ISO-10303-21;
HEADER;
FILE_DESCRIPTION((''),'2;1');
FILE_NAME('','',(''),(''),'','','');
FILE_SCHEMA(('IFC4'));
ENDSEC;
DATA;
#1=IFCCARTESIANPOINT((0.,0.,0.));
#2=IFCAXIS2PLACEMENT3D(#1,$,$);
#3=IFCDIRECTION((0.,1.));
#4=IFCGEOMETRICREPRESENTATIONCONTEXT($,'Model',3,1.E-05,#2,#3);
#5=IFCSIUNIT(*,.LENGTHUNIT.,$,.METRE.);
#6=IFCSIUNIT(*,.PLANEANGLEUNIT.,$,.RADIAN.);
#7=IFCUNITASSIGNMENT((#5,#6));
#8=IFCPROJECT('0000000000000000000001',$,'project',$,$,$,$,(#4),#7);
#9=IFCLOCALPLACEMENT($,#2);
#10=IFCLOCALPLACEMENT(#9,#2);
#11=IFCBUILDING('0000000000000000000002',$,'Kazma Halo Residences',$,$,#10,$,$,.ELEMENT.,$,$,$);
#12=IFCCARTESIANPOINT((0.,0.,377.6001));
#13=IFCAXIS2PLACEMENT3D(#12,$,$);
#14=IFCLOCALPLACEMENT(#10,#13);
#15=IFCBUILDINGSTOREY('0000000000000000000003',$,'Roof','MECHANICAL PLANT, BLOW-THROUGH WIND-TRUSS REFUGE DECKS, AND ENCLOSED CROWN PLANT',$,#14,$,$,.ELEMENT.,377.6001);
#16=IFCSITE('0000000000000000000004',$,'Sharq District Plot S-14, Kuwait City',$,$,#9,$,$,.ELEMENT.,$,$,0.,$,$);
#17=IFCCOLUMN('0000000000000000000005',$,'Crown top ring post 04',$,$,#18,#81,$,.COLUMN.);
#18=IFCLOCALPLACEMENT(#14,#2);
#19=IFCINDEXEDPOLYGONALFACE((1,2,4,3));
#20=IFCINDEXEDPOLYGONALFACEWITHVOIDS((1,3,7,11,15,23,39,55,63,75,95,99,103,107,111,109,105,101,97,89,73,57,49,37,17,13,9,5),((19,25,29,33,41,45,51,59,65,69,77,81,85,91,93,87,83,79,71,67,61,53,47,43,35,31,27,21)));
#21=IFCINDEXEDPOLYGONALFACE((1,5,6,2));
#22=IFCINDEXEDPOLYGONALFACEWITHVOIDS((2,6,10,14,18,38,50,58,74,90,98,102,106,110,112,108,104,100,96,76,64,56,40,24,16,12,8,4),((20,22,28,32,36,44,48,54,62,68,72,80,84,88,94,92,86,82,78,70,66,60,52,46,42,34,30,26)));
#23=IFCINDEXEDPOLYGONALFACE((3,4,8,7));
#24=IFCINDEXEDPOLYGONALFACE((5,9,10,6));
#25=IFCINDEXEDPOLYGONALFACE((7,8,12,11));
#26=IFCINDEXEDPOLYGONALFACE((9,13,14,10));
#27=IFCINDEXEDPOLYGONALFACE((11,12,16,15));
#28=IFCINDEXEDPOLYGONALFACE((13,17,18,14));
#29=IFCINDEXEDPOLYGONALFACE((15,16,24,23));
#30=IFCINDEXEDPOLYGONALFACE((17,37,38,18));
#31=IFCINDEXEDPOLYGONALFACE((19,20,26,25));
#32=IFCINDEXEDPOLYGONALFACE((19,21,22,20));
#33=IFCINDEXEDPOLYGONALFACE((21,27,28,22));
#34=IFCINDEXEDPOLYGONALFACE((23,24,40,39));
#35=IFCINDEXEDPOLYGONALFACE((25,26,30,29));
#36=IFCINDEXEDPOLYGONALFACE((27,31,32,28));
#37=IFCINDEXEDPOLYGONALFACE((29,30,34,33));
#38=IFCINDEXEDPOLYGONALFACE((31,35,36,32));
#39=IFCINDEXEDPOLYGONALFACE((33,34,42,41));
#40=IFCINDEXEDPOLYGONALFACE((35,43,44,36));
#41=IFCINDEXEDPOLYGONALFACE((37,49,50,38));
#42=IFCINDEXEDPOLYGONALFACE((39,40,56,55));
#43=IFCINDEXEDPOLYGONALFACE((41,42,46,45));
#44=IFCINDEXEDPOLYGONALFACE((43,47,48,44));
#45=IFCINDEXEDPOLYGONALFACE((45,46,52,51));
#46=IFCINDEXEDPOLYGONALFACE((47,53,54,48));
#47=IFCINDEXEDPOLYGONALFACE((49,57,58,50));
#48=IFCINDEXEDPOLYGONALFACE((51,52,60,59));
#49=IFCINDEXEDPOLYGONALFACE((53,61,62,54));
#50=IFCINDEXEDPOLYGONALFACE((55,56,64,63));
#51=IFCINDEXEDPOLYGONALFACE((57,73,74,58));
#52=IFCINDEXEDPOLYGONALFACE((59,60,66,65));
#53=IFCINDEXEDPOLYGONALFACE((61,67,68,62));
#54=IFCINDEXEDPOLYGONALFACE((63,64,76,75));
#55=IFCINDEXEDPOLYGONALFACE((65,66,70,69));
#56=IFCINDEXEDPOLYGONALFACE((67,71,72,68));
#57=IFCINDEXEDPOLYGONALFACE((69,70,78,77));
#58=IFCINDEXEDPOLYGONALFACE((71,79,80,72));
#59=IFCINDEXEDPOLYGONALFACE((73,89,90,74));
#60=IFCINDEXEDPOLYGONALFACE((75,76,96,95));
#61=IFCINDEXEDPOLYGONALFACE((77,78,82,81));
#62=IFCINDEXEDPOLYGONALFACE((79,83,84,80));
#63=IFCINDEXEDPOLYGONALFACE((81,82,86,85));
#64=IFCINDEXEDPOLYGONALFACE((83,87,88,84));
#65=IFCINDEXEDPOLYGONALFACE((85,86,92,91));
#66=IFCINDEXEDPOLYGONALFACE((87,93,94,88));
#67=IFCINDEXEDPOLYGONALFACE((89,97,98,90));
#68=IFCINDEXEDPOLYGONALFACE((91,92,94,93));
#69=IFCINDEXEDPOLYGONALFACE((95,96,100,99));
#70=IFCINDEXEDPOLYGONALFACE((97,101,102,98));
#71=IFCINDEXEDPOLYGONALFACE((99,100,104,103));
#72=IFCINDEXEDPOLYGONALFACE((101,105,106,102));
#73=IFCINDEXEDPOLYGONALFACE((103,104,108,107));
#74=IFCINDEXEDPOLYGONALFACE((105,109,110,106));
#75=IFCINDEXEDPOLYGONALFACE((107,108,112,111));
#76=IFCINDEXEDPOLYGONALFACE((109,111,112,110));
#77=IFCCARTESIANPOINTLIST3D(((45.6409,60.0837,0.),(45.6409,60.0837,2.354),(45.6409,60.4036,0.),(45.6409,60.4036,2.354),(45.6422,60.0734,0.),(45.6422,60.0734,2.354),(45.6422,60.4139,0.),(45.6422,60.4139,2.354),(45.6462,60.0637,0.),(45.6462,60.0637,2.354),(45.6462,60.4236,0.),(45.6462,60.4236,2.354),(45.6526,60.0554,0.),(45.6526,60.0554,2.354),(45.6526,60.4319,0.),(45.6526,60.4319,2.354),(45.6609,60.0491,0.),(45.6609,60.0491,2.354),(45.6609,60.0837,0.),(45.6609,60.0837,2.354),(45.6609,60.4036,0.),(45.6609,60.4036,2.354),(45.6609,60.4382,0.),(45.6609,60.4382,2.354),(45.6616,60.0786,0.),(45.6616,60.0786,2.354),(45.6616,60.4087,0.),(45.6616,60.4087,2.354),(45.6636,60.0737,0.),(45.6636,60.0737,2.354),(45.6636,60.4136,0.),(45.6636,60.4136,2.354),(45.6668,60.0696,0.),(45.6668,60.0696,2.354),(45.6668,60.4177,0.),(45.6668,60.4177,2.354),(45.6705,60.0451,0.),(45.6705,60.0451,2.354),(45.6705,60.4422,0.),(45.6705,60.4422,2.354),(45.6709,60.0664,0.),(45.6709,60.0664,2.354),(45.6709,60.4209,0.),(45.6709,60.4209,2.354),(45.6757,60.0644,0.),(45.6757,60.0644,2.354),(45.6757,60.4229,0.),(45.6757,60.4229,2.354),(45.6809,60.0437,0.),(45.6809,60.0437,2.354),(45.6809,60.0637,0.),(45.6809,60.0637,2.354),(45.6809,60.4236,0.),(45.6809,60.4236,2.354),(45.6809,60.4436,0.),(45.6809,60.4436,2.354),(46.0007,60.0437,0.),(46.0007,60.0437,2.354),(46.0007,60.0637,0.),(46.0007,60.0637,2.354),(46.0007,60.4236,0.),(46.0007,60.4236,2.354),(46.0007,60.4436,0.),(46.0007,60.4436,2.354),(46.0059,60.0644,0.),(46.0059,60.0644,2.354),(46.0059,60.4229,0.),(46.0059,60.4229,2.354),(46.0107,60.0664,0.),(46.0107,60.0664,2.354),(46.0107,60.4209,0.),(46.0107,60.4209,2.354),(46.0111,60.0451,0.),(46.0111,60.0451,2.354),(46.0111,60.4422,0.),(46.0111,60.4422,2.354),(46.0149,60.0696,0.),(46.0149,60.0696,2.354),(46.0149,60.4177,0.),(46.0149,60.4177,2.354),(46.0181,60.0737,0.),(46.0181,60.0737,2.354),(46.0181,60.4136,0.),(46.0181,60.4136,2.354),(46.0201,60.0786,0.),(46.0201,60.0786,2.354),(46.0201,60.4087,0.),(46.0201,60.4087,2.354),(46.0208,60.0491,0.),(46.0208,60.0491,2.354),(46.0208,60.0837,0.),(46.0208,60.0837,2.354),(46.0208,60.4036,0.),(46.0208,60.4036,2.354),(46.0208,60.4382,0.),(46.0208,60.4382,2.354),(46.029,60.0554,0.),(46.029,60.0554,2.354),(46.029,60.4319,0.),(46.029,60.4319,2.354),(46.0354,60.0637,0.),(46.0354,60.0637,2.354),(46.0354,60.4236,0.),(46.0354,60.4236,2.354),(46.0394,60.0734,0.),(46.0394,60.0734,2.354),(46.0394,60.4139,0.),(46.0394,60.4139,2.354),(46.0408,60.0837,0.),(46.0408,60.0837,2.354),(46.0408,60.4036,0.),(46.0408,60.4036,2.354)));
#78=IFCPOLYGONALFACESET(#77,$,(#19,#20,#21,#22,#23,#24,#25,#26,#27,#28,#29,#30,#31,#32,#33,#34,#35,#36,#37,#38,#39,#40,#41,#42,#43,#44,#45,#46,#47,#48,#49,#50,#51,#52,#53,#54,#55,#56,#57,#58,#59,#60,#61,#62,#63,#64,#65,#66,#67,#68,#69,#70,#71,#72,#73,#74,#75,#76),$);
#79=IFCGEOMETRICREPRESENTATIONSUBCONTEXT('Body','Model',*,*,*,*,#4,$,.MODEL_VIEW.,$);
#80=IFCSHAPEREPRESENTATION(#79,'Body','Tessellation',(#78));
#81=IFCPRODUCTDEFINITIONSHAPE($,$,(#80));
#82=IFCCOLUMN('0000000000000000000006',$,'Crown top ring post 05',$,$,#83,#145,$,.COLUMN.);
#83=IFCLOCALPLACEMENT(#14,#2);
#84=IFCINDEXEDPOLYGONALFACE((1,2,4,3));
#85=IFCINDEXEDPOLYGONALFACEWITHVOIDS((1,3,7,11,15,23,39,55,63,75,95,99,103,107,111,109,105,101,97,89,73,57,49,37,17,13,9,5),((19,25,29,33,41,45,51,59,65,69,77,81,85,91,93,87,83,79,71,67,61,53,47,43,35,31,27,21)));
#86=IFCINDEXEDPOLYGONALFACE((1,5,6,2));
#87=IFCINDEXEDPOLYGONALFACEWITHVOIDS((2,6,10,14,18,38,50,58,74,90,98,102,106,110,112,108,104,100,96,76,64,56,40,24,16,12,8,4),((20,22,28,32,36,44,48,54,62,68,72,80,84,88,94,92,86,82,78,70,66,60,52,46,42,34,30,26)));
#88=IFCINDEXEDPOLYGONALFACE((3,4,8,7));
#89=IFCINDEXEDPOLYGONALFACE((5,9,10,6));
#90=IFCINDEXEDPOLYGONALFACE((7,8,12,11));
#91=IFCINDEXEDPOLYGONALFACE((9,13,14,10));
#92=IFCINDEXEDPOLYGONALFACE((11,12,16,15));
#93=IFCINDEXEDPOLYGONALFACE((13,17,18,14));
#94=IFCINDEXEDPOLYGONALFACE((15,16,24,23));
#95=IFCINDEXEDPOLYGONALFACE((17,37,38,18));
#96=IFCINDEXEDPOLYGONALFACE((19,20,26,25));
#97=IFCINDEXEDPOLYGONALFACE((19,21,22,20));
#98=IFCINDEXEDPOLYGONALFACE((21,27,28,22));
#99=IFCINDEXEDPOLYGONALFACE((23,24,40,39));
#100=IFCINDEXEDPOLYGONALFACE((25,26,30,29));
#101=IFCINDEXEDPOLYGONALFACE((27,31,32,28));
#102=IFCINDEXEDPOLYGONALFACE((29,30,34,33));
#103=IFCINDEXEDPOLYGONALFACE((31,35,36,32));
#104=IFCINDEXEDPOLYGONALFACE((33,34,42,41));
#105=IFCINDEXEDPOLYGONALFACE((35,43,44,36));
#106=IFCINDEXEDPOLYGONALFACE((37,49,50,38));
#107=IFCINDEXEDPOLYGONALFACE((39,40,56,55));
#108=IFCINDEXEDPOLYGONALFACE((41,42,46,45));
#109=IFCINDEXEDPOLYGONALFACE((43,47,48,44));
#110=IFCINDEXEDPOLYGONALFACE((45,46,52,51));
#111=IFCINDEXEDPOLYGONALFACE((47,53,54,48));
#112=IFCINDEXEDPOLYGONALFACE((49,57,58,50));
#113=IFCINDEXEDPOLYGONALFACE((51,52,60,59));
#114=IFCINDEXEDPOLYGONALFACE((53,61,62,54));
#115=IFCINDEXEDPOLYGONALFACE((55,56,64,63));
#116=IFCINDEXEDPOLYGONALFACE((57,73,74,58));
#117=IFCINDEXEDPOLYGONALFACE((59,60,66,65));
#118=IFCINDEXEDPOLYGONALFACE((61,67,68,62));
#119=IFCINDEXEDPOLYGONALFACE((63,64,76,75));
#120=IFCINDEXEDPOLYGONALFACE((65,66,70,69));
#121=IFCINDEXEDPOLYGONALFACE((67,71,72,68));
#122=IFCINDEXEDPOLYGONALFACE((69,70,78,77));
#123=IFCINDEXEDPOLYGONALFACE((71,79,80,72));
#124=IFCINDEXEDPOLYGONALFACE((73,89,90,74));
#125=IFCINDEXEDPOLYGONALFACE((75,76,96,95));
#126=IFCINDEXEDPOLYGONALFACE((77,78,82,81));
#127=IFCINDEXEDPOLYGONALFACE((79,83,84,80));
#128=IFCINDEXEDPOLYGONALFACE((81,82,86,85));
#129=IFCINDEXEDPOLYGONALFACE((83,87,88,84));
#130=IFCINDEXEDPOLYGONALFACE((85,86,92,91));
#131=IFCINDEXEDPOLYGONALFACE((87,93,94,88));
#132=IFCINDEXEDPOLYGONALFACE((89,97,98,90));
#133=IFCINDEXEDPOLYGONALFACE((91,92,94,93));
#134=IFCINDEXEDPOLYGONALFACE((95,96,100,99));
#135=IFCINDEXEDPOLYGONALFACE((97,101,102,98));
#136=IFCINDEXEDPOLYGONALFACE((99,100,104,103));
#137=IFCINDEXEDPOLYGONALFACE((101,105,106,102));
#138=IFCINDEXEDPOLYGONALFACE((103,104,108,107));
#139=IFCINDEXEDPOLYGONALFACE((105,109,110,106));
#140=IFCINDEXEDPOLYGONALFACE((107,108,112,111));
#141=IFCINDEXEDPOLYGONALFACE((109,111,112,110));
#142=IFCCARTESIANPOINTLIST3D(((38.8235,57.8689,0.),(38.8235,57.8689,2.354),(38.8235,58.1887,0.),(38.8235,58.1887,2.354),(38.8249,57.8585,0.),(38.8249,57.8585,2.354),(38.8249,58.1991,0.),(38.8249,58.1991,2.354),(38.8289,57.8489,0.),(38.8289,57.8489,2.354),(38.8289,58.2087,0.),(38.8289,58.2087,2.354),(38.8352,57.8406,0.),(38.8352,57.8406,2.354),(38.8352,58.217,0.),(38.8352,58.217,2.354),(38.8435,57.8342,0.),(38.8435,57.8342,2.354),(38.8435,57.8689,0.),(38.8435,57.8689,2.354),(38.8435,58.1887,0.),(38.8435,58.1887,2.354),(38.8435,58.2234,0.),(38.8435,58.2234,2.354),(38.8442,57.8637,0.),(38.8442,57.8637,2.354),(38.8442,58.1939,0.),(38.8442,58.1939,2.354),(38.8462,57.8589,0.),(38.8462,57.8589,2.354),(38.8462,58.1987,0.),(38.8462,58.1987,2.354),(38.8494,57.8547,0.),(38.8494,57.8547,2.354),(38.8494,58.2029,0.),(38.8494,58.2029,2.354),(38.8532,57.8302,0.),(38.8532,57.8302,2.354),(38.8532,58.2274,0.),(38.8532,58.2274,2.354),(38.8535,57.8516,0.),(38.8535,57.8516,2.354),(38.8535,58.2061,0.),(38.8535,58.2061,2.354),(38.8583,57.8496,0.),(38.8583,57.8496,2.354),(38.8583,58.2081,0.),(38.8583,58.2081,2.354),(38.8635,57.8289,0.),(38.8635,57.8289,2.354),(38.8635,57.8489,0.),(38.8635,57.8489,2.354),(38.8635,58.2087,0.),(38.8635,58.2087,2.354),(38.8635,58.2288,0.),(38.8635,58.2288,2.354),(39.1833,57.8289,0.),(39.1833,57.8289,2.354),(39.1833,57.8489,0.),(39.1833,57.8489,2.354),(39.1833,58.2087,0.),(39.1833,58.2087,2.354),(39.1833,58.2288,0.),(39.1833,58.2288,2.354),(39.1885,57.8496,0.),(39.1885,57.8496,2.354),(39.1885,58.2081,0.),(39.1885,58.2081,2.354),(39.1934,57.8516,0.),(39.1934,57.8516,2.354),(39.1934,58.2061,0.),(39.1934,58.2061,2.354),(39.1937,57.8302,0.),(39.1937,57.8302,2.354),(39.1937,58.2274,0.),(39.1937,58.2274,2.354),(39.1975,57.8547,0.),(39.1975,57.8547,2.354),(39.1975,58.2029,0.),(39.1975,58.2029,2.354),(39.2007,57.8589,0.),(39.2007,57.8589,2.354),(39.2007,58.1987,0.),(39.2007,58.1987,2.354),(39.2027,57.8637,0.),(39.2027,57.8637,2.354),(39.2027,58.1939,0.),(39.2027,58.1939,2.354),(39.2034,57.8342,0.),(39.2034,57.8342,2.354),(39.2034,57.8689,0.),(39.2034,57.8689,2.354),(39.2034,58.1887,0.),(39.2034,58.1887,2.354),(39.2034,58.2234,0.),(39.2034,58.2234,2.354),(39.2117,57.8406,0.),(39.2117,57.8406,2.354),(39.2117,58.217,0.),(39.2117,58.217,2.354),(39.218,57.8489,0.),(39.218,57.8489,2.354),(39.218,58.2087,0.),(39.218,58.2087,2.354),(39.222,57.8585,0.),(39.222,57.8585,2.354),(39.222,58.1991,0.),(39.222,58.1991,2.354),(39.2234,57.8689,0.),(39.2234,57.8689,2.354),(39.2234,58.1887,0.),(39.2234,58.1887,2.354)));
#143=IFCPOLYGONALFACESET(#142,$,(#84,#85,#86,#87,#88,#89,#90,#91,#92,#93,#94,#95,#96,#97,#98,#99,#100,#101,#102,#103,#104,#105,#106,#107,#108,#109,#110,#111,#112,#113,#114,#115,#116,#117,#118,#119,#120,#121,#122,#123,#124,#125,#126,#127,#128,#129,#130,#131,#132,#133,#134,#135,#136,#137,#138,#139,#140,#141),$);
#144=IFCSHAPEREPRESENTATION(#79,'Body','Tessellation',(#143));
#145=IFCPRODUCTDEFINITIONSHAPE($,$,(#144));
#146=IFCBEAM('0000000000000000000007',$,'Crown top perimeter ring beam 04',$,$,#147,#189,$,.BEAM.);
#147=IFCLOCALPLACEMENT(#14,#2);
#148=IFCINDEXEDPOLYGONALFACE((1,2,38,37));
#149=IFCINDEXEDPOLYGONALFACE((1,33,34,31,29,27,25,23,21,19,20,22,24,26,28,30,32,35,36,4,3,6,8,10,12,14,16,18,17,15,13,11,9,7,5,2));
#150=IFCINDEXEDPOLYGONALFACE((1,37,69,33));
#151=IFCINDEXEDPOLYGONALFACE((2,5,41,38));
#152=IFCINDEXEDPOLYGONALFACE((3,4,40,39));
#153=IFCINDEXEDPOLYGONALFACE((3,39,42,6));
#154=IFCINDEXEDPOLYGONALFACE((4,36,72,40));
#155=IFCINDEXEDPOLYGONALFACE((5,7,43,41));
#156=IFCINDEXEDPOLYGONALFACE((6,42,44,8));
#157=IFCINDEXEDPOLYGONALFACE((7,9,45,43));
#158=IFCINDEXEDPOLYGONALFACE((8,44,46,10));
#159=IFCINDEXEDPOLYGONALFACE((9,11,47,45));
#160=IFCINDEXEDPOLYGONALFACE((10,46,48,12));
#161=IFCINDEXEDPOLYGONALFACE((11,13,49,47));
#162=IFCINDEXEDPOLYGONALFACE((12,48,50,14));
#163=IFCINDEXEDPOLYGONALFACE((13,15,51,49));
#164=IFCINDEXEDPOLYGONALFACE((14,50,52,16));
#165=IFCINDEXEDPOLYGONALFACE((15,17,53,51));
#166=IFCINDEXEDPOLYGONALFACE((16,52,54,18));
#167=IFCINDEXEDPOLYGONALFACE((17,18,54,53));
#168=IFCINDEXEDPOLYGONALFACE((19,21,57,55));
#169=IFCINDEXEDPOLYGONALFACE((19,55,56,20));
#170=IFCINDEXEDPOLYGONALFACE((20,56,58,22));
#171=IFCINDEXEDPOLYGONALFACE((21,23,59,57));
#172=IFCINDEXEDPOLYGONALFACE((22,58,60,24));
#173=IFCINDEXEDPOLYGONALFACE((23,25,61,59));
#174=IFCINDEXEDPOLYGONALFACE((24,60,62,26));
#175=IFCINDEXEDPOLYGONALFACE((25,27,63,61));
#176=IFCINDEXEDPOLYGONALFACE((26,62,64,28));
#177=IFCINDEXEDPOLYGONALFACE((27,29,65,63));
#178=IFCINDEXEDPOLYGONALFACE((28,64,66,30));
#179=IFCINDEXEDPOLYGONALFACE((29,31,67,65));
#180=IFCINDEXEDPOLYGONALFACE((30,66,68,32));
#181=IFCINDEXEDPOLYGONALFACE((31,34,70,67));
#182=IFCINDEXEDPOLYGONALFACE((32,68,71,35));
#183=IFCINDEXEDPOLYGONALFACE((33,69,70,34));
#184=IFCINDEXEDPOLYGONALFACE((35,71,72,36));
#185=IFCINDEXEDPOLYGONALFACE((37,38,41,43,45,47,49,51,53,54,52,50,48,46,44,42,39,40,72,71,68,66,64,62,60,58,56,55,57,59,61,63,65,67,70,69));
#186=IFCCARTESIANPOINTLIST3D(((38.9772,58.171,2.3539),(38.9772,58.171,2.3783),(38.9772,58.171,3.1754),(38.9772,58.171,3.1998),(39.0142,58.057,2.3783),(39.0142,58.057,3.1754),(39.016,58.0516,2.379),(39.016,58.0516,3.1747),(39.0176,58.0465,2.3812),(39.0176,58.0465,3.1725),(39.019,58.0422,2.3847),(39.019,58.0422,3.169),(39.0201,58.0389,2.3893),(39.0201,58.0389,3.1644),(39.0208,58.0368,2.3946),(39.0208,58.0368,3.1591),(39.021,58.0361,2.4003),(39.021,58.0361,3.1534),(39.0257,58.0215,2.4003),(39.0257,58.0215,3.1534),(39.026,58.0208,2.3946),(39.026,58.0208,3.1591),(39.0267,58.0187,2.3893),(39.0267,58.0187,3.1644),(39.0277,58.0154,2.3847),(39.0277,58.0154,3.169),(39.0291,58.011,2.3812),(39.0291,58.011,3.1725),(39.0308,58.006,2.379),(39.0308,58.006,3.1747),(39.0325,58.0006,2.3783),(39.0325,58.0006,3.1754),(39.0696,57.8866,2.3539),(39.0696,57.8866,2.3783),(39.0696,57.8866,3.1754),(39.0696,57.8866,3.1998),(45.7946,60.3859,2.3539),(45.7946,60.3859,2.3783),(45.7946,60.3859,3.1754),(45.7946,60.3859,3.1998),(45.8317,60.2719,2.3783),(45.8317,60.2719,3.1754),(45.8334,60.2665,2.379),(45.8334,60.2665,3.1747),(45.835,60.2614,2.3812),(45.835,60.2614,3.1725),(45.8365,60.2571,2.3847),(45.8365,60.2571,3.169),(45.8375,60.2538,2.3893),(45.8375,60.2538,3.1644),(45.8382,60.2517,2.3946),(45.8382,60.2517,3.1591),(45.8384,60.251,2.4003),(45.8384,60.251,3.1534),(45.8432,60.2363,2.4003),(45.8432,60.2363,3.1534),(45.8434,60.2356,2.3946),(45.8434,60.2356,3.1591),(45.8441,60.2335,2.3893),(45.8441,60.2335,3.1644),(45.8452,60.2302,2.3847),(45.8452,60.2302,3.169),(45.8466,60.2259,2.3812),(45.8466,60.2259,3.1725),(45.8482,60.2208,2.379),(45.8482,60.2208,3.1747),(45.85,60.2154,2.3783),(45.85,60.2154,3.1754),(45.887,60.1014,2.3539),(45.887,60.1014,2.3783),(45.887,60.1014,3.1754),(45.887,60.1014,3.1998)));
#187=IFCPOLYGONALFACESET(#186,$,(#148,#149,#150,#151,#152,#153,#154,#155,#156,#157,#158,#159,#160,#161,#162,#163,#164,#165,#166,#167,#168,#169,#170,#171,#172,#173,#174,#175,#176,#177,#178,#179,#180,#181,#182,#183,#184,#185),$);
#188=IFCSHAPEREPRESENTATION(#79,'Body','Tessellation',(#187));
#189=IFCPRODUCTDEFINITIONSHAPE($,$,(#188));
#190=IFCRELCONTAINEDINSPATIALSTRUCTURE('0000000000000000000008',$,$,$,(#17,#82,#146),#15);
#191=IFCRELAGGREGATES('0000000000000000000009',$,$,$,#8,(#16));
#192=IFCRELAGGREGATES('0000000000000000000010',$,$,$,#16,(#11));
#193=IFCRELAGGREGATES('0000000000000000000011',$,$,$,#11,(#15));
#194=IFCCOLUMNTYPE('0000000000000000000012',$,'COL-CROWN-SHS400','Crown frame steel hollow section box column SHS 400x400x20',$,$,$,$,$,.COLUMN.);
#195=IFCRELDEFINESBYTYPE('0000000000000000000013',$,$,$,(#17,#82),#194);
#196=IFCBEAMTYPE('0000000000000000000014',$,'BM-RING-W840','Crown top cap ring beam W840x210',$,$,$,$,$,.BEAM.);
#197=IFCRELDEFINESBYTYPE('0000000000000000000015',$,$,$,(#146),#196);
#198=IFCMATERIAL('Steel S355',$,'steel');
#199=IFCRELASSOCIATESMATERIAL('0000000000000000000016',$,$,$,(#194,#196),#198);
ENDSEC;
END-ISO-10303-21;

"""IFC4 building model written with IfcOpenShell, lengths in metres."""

from ifc_helpers import new_model, si_unit, direction, frame, origin, origin_2d, place, context, subcontext, project, spatial, hollow_rectangle, i_section, extrude, material, material_profile, profile_set, type_object, element, save


model = new_model("IFC4")

# Units and contexts
model_context = context("Model", 3, precision=1e-05, world=origin(), true_north=direction((0.0, 1.0)))
body_context = subcontext(model_context, "Body", "Model", "MODEL_VIEW")
ifc_project = project(units=[si_unit("LENGTHUNIT", "METRE"), si_unit("PLANEANGLEUNIT", "RADIAN")], contexts=[model_context])

# Site, building, storey
site_placement = place(None, origin())
site = spatial("IfcSite", under=ifc_project, at=site_placement, Name="Sharq District Plot S-14, Kuwait City", CompositionType="ELEMENT", RefElevation=0.0)
building_placement = place(site_placement, origin())
building = spatial("IfcBuilding", under=site, at=building_placement, Name="Kazma Halo Residences", CompositionType="ELEMENT")
storey_placement = place(building_placement, frame((0.0, 0.0, 377.6001)))
storey = spatial("IfcBuildingStorey", under=building, at=storey_placement, Name="Roof", Description="MECHANICAL PLANT, BLOW-THROUGH WIND-TRUSS REFUGE DECKS, AND ENCLOSED CROWN PLANT", CompositionType="ELEMENT", Elevation=377.6001)

# Columns
ifc_material_1 = material(Name="Steel S355", Category="steel")
ifc_material_profile_1 = material_profile(ifc_material_1, hollow_rectangle(XDim=0.3999, YDim=0.3999, WallThickness=0.02, InnerFilletRadius=0.02, OuterFilletRadius=0.04, at=origin_2d()), Name="SHS400x400x20")
ifc_profile_set_1 = profile_set([ifc_material_profile_1], Name="Steel S355")
column_type = type_object("IfcColumnType", Name="COL-CROWN-SHS400", Description="Crown frame steel hollow section box column SHS 400x400x20", PredefinedType="COLUMN", material=ifc_profile_set_1)
for number, where, z_axis, x_axis, name in (
    (1, (45.8408, 60.2437, 0.0), (0.0, 0.0, 1.0), (1.0, 0.0, 0.0), "Crown top ring post 04"),
    (2, (39.0234, 58.0288, 0.0), (0.0, 0.0, 1.0), (1.0, 0.0, 0.0), "Crown top ring post 05"),
):
    element("IfcColumn", number, at=place(storey_placement, frame(where, z_axis=z_axis, x_axis=x_axis)), inside=storey, type_object=column_type, Name=name, PredefinedType="COLUMN", context=body_context, shape_type="SweptSolid", body=[
        extrude(hollow_rectangle(XDim=0.3999, YDim=0.3999, WallThickness=0.02, InnerFilletRadius=0.02, OuterFilletRadius=0.04, at=origin_2d()), origin(), (0.0, 0.0, 1.0), 2.354),
    ])

# Beam
ifc_material_profile_2 = material_profile(ifc_material_1, i_section(OverallWidth=0.2991, OverallDepth=0.8459, WebThickness=0.0154, FlangeThickness=0.0244, FilletRadius=0.022, at=origin_2d()), Name="W840x210")
ifc_profile_set_2 = profile_set([ifc_material_profile_2], Name="Steel S355")
beam_type_1 = type_object("IfcBeamType", Name="BM-RING-W840", Description="Crown top cap ring beam W840x210", PredefinedType="BEAM", material=ifc_profile_set_2)
beam_1_placement = place(storey_placement, frame((45.8408, 60.2437, 2.7769), z_axis=(-0.951067, -0.308984, 0.0), x_axis=(0.308984, -0.951067, 0.0)))
element("IfcBeam", 3, at=beam_1_placement, inside=storey, type_object=beam_type_1, Name="Crown top perimeter ring beam 04", PredefinedType="BEAM", context=body_context, shape_type="SweptSolid", body=[
    extrude(i_section(OverallWidth=0.2991, OverallDepth=0.8459, WebThickness=0.0154, FlangeThickness=0.0244, FilletRadius=0.022, at=origin_2d()), origin(), (0.0, 0.0, 1.0), 7.1682),
])

save(model, "model.ifc")
